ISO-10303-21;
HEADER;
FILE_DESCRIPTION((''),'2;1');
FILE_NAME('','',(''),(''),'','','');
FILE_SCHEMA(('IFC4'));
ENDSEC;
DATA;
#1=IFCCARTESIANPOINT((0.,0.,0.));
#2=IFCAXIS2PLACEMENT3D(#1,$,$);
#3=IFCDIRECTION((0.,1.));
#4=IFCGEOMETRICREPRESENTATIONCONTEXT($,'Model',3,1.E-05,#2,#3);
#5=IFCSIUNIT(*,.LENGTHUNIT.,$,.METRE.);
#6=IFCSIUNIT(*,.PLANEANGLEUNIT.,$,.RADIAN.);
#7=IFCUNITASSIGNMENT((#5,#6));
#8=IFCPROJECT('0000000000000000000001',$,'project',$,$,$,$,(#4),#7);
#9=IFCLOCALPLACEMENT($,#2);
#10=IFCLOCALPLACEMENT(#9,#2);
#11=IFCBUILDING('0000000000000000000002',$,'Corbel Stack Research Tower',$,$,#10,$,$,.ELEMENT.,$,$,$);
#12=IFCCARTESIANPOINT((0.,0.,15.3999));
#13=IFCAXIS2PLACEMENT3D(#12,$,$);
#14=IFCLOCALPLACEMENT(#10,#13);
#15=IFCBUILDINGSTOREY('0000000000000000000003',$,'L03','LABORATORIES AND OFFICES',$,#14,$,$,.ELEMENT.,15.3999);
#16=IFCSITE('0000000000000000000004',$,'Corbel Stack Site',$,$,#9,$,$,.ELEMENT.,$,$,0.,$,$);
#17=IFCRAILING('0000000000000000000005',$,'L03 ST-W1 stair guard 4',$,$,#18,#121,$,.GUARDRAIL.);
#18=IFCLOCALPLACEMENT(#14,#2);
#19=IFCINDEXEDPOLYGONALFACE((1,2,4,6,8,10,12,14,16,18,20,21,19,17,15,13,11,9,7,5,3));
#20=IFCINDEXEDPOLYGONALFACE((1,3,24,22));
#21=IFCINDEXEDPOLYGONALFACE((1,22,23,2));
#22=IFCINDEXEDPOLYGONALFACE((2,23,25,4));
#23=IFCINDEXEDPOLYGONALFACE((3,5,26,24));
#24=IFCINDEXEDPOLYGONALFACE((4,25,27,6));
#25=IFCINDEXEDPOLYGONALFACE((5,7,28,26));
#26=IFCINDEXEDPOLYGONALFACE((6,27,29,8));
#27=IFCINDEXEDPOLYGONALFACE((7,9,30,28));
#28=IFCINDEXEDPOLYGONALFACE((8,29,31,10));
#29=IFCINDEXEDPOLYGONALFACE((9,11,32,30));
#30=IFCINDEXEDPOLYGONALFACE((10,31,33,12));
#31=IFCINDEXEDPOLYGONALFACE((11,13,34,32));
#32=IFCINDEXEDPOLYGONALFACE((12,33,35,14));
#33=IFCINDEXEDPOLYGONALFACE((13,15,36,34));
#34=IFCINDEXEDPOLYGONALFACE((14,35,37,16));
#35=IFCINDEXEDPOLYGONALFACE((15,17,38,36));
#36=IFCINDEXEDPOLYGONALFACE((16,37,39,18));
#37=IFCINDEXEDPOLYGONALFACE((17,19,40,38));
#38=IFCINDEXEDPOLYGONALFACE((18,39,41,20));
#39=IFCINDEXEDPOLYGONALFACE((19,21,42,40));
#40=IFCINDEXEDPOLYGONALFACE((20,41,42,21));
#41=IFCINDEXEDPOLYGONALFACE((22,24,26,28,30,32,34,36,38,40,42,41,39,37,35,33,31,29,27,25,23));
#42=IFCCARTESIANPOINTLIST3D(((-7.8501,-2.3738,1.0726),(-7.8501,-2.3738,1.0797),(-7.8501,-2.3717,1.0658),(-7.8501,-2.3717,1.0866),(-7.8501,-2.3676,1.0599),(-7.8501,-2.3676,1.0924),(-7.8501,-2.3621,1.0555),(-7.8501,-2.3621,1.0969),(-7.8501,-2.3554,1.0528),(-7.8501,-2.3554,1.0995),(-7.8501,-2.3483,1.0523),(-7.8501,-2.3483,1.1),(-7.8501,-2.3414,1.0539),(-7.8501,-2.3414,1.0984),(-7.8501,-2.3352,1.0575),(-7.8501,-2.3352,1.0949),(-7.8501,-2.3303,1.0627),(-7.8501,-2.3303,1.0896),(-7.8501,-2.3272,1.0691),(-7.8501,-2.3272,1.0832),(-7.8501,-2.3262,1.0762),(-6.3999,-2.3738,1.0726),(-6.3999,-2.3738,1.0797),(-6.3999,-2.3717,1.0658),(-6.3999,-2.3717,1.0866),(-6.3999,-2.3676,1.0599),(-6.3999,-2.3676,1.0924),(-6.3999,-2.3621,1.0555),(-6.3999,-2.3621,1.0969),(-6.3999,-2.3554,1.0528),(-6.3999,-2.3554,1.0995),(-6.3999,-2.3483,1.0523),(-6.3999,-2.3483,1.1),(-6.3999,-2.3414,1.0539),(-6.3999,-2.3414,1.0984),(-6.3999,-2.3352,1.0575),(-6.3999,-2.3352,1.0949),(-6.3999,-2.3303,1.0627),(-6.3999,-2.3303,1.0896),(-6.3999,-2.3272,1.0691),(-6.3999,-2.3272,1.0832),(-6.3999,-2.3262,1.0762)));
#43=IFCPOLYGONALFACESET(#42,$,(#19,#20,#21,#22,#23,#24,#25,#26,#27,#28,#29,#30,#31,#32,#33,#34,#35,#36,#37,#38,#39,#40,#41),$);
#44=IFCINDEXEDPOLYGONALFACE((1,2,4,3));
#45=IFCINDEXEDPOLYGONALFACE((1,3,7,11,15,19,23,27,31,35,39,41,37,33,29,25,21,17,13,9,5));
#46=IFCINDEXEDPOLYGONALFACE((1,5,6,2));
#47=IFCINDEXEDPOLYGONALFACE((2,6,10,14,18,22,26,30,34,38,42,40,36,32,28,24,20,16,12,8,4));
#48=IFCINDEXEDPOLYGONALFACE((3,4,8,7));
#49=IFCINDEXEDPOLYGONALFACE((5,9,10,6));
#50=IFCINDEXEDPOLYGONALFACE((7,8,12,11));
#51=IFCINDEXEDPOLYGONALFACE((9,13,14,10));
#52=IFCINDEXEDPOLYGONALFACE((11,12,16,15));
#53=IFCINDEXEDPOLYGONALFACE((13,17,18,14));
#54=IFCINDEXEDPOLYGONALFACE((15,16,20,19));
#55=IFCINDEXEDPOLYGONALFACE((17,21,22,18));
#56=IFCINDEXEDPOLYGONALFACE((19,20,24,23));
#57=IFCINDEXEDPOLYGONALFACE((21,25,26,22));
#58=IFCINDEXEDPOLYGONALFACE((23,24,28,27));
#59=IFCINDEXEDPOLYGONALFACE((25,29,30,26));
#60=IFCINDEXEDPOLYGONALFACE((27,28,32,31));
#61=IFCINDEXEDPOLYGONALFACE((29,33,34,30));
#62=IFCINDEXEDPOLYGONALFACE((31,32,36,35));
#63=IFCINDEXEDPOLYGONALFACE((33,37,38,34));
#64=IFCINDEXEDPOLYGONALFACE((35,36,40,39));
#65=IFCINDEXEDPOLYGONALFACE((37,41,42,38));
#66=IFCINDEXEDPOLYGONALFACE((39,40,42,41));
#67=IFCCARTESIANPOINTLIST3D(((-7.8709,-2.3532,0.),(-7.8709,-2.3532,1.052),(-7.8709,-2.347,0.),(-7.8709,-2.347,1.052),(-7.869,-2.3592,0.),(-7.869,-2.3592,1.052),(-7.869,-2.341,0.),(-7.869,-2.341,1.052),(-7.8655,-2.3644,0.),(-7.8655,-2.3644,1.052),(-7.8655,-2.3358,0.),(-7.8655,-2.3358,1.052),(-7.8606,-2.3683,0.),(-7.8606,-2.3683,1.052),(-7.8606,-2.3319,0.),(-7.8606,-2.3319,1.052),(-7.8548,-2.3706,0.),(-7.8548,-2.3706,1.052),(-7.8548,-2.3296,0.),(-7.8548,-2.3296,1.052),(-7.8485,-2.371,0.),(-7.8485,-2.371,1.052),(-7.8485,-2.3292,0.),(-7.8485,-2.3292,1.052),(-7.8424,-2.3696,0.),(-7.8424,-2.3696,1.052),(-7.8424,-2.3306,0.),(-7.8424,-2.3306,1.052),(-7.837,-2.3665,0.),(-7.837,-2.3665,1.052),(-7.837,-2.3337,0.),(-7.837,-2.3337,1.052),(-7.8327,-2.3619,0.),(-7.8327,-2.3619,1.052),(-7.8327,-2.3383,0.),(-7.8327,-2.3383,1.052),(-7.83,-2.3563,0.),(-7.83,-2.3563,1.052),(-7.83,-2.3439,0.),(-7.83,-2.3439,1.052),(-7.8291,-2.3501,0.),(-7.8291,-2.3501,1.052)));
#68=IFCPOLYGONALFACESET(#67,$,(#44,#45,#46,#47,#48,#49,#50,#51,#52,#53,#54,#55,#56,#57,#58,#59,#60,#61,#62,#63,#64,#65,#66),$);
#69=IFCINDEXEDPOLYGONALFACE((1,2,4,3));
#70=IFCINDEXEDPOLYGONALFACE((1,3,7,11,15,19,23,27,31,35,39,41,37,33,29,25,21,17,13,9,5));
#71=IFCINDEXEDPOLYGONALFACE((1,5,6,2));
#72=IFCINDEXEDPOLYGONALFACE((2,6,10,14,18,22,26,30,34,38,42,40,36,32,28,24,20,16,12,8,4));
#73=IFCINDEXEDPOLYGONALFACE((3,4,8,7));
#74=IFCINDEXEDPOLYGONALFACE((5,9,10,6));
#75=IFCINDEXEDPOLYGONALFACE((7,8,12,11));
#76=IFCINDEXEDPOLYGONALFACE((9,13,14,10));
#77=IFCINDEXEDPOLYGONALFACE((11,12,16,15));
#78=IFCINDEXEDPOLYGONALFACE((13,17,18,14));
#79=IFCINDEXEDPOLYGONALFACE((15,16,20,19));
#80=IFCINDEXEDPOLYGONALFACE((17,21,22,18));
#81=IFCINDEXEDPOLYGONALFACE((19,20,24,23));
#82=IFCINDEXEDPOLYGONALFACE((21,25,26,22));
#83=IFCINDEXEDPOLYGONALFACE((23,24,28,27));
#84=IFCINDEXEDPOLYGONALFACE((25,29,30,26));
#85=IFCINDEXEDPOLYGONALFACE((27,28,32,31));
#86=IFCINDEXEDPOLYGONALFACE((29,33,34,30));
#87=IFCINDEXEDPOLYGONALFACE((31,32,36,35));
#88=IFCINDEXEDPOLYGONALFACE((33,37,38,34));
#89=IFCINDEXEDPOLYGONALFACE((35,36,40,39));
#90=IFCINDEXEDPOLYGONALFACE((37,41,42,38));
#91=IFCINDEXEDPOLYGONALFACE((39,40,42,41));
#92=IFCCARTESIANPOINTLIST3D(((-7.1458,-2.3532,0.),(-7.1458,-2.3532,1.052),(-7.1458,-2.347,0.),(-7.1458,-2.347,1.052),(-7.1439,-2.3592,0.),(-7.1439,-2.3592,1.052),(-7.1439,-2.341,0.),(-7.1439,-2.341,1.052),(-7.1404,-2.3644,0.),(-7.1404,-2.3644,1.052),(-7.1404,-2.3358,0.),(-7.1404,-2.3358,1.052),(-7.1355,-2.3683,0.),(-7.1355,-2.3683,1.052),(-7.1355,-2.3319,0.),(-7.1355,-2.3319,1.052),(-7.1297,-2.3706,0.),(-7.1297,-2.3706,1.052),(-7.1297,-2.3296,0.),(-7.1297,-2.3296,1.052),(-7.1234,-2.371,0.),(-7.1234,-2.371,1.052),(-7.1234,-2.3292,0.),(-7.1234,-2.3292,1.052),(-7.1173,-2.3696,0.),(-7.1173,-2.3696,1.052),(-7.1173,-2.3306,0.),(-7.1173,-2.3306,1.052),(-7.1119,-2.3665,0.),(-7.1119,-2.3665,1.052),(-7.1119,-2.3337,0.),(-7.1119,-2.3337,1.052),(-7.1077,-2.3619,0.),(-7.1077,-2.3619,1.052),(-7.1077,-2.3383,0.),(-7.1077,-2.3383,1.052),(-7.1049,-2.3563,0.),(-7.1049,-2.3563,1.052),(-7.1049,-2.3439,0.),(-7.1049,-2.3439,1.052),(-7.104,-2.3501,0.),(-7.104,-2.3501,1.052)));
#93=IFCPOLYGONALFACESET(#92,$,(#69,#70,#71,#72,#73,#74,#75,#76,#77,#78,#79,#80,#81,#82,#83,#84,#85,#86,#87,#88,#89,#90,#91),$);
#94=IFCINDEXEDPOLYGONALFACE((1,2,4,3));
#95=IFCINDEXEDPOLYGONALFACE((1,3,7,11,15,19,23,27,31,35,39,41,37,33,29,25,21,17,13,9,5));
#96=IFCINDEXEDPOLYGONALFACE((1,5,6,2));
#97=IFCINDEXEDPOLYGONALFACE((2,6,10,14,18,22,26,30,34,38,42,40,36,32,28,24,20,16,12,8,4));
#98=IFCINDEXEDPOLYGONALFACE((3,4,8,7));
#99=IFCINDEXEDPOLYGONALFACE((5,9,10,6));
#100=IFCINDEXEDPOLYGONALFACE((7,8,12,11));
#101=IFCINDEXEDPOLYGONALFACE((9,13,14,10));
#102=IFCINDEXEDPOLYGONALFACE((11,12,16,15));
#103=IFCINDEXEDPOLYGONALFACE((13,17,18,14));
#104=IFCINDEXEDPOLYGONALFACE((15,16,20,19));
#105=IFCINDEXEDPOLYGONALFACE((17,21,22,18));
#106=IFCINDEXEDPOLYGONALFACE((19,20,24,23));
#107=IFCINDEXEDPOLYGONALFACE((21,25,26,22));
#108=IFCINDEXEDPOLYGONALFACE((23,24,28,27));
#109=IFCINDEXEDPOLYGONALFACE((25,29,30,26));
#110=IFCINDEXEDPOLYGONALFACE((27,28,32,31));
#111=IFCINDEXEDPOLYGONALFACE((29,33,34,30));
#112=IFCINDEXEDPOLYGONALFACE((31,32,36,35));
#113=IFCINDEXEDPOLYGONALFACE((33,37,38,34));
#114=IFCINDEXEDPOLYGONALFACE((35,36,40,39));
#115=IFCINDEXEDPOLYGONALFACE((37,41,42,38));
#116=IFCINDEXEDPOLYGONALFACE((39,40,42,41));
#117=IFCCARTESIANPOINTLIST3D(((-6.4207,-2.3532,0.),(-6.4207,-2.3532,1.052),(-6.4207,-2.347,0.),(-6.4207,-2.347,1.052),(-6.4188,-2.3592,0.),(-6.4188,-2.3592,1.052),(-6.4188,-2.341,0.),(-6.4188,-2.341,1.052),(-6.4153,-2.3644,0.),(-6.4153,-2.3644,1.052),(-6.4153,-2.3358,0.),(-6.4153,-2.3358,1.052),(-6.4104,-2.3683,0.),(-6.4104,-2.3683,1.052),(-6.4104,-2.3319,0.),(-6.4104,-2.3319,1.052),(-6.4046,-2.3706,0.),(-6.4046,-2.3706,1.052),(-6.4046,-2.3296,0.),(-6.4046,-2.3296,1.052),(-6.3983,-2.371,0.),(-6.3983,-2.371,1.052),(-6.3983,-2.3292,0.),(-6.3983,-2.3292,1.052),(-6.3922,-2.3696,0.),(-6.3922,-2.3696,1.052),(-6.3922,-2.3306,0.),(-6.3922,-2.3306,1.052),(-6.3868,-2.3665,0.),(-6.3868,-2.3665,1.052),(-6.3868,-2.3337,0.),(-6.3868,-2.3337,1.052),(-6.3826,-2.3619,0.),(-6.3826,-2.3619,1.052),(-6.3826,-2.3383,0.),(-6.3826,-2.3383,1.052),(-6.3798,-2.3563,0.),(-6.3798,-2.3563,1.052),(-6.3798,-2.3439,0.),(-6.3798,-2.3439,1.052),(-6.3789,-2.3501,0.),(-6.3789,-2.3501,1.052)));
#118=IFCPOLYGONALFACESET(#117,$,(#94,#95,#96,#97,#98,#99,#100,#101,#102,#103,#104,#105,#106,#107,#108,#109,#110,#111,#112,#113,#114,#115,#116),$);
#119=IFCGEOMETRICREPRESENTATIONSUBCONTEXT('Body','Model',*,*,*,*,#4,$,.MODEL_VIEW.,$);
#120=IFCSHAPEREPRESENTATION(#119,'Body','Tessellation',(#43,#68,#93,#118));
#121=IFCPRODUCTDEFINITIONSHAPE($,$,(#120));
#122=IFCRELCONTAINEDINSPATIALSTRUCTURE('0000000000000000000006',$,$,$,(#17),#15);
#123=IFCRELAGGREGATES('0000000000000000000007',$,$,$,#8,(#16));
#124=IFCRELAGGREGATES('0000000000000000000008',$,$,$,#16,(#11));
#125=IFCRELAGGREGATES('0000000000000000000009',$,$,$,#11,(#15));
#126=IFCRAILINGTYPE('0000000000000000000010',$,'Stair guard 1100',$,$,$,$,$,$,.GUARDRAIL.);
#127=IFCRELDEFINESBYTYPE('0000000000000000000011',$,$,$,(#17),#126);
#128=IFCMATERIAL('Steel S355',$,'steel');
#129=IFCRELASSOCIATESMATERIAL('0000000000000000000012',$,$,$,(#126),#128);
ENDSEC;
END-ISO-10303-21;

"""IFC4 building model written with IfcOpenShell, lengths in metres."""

from ifc_helpers import new_model, si_unit, direction, frame, origin, origin_2d, place, context, subcontext, project, spatial, circle, extrude, material, type_object, element, save


model = new_model("IFC4")

# Units and contexts
model_context = context("Model", 3, precision=1e-05, world=origin(), true_north=direction((0.0, 1.0)))
body_context = subcontext(model_context, "Body", "Model", "MODEL_VIEW")
ifc_project = project(units=[si_unit("LENGTHUNIT", "METRE"), si_unit("PLANEANGLEUNIT", "RADIAN")], contexts=[model_context])

# Site, building, storey
site_placement = place(None, origin())
site = spatial("IfcSite", under=ifc_project, at=site_placement, Name="Corbel Stack Site", CompositionType="ELEMENT", RefElevation=0.0)
building_placement = place(site_placement, origin())
building = spatial("IfcBuilding", under=site, at=building_placement, Name="Corbel Stack Research Tower", CompositionType="ELEMENT")
storey_placement = place(building_placement, frame((0.0, 0.0, 15.3999)))
storey = spatial("IfcBuildingStorey", under=building, at=storey_placement, Name="L03", Description="LABORATORIES AND OFFICES", CompositionType="ELEMENT", Elevation=15.3999)

# Railing
ifc_material_1 = material(Name="Steel S355", Category="steel")
railing_type_1 = type_object("IfcRailingType", Name="Stair guard 1100", PredefinedType="GUARDRAIL", material=ifc_material_1)
railing_1_placement = place(storey_placement, frame((-7.8501, -2.3501, 0.0)))
element("IfcRailing", 1, at=railing_1_placement, inside=storey, type_object=railing_type_1, Name="L03 ST-W1 stair guard 4", PredefinedType="GUARDRAIL", context=body_context, shape_type="SweptSolid", body=[
    extrude(circle(Radius=0.0239, at=origin_2d()), frame((0.0, 0.0, 1.0762), z_axis=(1.0, 0.0, 0.0), x_axis=(0.0, 1.0, 0.0)), (0.0, 0.0, 1.0), 1.4502),
    extrude(circle(Radius=0.021, at=origin_2d()), origin(), (0.0, 0.0, 1.0), 1.052),
    extrude(circle(Radius=0.021, at=origin_2d()), frame((0.7251, 0.0, 0.0)), (0.0, 0.0, 1.0), 1.052),
    extrude(circle(Radius=0.021, at=origin_2d()), frame((1.4502, 0.0, 0.0)), (0.0, 0.0, 1.0), 1.052),
])

save(model, "model.ifc")
